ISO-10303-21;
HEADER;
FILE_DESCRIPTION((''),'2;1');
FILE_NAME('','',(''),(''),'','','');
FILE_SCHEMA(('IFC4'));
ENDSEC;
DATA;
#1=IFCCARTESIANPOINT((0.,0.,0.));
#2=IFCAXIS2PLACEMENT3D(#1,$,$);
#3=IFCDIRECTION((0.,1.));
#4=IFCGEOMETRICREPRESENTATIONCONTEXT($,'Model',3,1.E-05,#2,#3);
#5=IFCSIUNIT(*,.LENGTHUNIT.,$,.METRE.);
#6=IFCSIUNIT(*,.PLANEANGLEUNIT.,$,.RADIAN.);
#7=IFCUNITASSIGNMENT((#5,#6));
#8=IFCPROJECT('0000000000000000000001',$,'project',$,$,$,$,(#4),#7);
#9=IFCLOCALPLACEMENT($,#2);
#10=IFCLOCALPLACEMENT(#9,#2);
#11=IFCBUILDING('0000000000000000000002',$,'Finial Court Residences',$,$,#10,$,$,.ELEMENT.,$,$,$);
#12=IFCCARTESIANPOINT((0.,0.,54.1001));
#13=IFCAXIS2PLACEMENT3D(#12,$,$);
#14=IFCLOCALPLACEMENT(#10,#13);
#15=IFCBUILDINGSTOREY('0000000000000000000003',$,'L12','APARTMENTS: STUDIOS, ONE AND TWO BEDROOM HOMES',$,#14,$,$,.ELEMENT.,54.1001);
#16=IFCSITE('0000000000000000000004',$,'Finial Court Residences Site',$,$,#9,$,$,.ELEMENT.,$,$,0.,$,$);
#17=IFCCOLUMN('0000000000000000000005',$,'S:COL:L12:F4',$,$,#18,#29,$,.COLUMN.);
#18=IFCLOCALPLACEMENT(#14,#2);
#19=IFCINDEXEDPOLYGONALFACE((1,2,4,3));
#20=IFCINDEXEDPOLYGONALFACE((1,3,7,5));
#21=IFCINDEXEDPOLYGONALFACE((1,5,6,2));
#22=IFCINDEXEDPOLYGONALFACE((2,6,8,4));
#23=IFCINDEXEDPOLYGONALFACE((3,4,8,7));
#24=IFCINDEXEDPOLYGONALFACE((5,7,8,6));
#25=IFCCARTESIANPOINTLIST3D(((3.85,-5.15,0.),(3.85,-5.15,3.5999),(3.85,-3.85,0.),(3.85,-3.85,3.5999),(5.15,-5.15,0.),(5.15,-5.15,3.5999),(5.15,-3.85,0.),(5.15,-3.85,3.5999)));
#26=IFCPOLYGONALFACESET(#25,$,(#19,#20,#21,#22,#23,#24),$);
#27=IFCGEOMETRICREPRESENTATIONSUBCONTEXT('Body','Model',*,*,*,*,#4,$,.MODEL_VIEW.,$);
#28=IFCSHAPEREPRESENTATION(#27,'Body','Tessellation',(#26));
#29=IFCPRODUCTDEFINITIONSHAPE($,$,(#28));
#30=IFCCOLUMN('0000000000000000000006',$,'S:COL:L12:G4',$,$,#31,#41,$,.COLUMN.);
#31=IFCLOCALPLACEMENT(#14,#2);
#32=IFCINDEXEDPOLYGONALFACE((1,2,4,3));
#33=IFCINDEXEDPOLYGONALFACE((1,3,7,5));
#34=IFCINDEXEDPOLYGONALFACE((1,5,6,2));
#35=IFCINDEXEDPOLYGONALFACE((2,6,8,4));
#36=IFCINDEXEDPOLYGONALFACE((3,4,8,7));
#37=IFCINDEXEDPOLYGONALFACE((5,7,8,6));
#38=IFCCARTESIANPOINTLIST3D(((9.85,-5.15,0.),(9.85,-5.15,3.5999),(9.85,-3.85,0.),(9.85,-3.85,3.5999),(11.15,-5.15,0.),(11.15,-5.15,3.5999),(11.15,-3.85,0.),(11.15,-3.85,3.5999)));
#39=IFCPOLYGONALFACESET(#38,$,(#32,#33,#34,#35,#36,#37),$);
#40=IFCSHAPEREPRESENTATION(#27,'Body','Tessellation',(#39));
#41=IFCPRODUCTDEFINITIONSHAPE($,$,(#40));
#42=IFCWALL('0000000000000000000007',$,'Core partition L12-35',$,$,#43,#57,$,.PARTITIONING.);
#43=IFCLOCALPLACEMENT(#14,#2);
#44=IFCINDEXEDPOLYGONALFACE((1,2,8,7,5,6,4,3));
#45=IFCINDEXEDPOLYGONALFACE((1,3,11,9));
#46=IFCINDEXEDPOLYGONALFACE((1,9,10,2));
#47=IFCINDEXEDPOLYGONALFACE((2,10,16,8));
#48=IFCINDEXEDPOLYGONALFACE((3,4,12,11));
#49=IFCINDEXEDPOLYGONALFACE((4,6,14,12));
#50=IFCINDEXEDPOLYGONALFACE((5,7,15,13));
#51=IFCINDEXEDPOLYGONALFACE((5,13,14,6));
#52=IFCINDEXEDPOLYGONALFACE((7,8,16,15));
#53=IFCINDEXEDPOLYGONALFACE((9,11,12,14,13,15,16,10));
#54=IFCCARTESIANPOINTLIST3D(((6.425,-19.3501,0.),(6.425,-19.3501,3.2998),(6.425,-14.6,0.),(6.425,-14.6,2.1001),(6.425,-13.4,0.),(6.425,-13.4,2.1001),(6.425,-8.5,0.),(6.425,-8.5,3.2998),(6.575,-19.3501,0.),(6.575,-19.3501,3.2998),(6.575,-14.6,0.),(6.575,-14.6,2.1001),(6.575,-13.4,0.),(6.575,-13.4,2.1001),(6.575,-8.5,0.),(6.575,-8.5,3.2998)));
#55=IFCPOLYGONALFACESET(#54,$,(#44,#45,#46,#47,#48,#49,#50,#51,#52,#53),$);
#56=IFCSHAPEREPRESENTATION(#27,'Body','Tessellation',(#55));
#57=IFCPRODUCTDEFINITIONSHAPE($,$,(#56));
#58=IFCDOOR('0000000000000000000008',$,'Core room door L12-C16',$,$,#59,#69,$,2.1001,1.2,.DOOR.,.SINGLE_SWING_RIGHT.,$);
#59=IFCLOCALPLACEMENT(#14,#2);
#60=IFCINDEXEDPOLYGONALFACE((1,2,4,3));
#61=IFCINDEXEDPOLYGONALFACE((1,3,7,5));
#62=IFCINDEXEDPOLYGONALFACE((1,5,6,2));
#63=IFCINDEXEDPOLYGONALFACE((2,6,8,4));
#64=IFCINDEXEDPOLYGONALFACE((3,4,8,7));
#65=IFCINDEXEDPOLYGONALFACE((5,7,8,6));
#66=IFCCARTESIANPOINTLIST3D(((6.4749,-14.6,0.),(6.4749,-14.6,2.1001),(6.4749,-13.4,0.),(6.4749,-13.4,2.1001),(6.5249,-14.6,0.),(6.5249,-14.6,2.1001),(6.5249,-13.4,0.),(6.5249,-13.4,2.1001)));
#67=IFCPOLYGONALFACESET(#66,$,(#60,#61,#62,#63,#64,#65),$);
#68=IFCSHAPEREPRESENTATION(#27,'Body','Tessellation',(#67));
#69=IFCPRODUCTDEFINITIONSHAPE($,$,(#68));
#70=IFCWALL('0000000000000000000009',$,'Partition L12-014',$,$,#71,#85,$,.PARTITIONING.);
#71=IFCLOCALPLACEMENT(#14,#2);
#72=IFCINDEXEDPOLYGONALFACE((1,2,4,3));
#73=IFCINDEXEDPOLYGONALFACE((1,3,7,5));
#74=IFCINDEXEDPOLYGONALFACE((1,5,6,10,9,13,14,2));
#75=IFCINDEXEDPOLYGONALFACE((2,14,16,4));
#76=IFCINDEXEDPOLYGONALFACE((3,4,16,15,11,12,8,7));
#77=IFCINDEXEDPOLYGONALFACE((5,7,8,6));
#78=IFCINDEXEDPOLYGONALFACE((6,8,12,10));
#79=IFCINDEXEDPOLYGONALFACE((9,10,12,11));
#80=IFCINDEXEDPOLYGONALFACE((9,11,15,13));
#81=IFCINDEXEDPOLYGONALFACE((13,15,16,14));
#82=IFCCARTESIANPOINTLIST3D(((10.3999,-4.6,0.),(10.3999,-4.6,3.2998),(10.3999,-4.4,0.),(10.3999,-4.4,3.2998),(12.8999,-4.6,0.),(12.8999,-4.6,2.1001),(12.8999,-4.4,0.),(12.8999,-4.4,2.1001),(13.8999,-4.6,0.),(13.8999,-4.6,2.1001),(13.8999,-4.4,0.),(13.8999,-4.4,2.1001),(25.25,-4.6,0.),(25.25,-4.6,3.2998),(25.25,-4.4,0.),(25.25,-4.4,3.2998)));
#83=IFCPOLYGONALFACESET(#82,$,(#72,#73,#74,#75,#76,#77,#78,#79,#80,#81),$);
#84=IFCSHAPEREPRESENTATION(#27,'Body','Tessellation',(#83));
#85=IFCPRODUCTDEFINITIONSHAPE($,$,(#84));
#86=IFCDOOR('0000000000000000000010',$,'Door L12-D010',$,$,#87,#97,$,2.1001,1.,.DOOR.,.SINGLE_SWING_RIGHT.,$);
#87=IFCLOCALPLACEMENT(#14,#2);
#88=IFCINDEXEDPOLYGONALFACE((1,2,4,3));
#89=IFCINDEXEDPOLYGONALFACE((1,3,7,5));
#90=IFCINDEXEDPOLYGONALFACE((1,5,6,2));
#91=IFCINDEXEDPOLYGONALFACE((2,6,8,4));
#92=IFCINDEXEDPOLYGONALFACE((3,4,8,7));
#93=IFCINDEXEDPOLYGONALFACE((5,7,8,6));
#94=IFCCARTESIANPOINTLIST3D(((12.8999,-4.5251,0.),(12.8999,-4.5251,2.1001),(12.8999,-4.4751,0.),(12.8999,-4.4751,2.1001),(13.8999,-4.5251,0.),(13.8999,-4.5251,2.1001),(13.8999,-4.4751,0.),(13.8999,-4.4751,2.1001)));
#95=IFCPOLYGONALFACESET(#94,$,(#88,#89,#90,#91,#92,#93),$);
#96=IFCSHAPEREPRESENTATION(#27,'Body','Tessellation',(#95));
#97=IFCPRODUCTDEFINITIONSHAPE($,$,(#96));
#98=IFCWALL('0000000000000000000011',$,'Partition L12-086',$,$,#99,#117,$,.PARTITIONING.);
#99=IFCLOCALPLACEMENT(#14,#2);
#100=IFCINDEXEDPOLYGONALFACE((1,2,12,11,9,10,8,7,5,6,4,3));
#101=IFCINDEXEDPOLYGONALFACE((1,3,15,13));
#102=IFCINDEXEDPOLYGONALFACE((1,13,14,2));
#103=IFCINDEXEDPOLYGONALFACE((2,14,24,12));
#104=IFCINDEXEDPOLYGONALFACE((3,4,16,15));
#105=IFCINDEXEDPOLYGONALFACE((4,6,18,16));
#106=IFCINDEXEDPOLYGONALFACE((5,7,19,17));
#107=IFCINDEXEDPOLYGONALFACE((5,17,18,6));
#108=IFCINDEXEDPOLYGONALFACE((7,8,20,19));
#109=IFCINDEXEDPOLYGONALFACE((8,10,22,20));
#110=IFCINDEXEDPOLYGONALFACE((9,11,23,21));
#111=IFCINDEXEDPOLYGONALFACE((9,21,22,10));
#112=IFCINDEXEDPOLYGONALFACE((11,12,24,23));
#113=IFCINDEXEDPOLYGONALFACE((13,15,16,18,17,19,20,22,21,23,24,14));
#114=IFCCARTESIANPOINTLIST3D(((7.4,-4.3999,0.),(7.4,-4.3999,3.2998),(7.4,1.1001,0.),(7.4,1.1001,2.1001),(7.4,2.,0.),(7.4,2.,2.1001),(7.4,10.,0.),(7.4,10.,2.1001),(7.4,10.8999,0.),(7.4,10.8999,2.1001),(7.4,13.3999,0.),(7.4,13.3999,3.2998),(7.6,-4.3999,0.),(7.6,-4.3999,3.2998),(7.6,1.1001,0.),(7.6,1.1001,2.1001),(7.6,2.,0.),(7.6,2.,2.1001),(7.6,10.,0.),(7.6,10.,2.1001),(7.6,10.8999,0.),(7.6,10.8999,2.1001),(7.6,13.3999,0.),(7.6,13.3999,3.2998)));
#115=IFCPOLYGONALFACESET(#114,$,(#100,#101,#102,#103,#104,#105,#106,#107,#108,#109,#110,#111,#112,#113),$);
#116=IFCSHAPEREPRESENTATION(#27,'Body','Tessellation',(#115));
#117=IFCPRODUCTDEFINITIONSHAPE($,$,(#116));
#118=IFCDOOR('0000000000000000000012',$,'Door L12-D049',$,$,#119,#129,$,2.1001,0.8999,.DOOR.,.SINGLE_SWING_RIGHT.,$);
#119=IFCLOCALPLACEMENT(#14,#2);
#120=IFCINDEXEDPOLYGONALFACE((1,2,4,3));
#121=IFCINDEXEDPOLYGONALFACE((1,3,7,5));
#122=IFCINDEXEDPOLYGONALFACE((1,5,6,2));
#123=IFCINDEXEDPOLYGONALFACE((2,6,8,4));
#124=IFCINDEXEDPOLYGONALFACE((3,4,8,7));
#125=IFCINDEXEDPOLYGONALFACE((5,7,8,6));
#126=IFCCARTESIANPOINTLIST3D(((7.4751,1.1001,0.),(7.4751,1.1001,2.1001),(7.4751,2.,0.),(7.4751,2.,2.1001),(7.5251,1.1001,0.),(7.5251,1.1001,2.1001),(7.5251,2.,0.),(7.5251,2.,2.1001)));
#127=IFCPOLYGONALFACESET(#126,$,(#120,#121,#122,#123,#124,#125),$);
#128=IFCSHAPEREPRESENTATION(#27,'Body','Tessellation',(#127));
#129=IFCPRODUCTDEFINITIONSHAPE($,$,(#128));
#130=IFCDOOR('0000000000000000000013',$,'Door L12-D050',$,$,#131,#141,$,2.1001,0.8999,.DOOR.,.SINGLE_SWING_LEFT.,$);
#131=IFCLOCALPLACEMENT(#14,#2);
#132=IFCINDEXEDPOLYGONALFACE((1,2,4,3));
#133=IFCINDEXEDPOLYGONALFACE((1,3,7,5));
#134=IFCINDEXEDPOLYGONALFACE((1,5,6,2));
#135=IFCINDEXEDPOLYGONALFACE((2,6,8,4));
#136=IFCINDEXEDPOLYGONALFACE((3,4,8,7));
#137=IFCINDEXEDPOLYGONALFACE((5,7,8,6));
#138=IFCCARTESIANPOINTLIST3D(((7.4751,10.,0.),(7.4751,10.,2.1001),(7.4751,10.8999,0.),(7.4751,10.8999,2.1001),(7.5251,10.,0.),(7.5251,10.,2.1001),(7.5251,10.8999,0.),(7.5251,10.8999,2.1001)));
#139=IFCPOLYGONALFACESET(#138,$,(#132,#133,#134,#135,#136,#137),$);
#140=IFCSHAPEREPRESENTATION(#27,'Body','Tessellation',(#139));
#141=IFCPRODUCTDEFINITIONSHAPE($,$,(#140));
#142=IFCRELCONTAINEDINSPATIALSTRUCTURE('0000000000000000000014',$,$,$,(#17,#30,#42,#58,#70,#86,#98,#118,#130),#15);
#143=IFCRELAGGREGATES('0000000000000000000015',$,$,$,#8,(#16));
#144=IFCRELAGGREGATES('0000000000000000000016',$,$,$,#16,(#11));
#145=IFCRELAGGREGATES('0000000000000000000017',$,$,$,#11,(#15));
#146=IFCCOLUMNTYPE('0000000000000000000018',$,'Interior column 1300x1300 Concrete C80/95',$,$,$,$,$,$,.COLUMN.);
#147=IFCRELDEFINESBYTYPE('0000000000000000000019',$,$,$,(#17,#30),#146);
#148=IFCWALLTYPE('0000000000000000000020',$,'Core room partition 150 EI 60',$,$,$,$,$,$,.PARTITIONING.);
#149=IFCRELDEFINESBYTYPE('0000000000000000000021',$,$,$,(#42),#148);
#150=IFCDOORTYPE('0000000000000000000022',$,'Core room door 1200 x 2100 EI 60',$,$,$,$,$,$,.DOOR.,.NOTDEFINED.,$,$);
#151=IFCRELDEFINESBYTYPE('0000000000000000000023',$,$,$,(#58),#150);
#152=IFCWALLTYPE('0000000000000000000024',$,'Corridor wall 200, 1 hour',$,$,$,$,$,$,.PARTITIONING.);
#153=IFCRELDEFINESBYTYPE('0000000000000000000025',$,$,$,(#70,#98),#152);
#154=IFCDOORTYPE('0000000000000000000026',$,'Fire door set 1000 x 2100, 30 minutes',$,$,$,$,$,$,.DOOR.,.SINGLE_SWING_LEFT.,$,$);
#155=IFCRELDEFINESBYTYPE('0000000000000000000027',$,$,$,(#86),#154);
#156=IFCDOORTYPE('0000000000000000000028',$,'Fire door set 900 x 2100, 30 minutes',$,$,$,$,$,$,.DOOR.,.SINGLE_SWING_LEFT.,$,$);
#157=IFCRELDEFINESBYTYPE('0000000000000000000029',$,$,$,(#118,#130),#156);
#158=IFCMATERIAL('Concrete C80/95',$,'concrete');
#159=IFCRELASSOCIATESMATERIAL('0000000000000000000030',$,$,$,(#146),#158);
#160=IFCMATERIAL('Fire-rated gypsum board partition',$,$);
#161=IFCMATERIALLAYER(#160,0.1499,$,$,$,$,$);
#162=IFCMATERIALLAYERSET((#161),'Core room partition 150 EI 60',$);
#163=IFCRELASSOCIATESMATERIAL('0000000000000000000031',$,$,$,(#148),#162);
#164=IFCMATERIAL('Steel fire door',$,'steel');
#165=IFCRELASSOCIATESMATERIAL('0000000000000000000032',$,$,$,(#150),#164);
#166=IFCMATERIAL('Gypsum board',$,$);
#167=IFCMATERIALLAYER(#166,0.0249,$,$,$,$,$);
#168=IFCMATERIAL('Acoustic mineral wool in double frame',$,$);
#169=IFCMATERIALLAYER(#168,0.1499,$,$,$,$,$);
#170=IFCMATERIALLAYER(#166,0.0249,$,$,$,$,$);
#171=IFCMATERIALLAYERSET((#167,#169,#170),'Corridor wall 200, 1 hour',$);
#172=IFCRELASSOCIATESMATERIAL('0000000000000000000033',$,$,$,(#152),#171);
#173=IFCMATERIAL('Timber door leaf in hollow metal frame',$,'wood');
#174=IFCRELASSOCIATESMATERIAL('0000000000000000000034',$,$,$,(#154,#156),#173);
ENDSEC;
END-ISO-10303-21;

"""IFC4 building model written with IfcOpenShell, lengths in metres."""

from ifc_helpers import new_model, si_unit, direction, frame, frame_2d, origin, origin_2d, place, context, subcontext, project, spatial, rectangle, extrude, material, layer, layer_set, material_profile, profile_set, type_object, element, fill, save


model = new_model("IFC4")

# Units and contexts
model_context = context("Model", 3, precision=1e-05, world=origin(), true_north=direction((0.0, 1.0)))
body_context = subcontext(model_context, "Body", "Model", "MODEL_VIEW")
ifc_project = project(units=[si_unit("LENGTHUNIT", "METRE"), si_unit("PLANEANGLEUNIT", "RADIAN")], contexts=[model_context])

# Site, building, storey
site_placement = place(None, origin())
site = spatial("IfcSite", under=ifc_project, at=site_placement, Name="Finial Court Residences Site", CompositionType="ELEMENT", RefElevation=0.0)
building_placement = place(site_placement, origin())
building = spatial("IfcBuilding", under=site, at=building_placement, Name="Finial Court Residences", CompositionType="ELEMENT")
storey_placement = place(building_placement, frame((0.0, 0.0, 54.1001)))
storey = spatial("IfcBuildingStorey", under=building, at=storey_placement, Name="L12", Description="APARTMENTS: STUDIOS, ONE AND TWO BEDROOM HOMES", CompositionType="ELEMENT", Elevation=54.1001)

# Columns
ifc_material_1 = material(Name="Concrete C80/95", Category="concrete")
ifc_material_profile = material_profile(ifc_material_1, rectangle(XDim=1.3, YDim=1.3, at=origin_2d()), Name="1300x1300")
ifc_profile_set = profile_set([ifc_material_profile], Name="Concrete C80/95")
column_type = type_object("IfcColumnType", Name="Interior column 1300x1300 Concrete C80/95", PredefinedType="COLUMN", material=ifc_profile_set)
for number, where, z_axis, x_axis, name in (
    (1, (4.5, -4.5, 0.0), (0.0, 0.0, 1.0), (1.0, 0.0, 0.0), "S:COL:L12:F4"),
    (2, (10.5, -4.5, 0.0), (0.0, 0.0, 1.0), (1.0, 0.0, 0.0), "S:COL:L12:G4"),
):
    element("IfcColumn", number, at=place(storey_placement, frame(where, z_axis=z_axis, x_axis=x_axis)), inside=storey, type_object=column_type, Name=name, PredefinedType="COLUMN", context=body_context, shape_type="SweptSolid", body=[
        extrude(rectangle(XDim=1.3, YDim=1.3, at=origin_2d()), origin(), (0.0, 0.0, 1.0), 3.5999),
    ])

# Walls, openings, doors
ifc_material_2 = material(Name="Fire-rated gypsum board partition")
ifc_layer_1 = layer(ifc_material_2, 0.1499)
ifc_layer_set_1 = layer_set([ifc_layer_1], Name="Core room partition 150 EI 60")
wall_type_1 = type_object("IfcWallType", Name="Core room partition 150 EI 60", PredefinedType="PARTITIONING", material=ifc_layer_set_1)
wall_1_placement = place(storey_placement, frame((6.5, -8.5, 0.0), z_axis=(0.0, 0.0, 1.0), x_axis=(0.0, -1.0, 0.0)))
wall_1 = element("IfcWall", 3, at=wall_1_placement, inside=storey, type_object=wall_type_1, Name="Core partition L12-35", PredefinedType="PARTITIONING", context=body_context, shape_type="SweptSolid", body=[
    extrude(rectangle(XDim=10.8501, YDim=0.1499, at=frame_2d((5.425, 0.0))), origin(), (0.0, 0.0, 1.0), 3.2998),
])
opening_1_placement = place(wall_1_placement, frame((4.8999, 0.0, 0.0)))
opening_1 = element("IfcOpeningElement", 4, at=opening_1_placement, cuts=wall_1, PredefinedType="OPENING", context=body_context, shape_type="SweptSolid", body=[
    extrude(rectangle(XDim=1.2, YDim=2.1001, at=frame_2d((0.6001, 1.05))), frame((0.0, 0.085, 0.0), z_axis=(0.0, -1.0, 0.0), x_axis=(1.0, 0.0, 0.0)), (0.0, 0.0, 1.0), 0.1699),
])
ifc_material_3 = material(Name="Steel fire door", Category="steel")
door_type_1 = type_object("IfcDoorType", Name="Core room door 1200 x 2100 EI 60", OperationType="NOTDEFINED", PredefinedType="DOOR", material=ifc_material_3)
door_1_placement = place(opening_1_placement, origin())
door_1 = element("IfcDoor", 5, at=door_1_placement, inside=storey, type_object=door_type_1, Name="Core room door L12-C16", OperationType="SINGLE_SWING_RIGHT", OverallHeight=2.1001, OverallWidth=1.2, PredefinedType="DOOR", context=body_context, shape_type="SweptSolid", body=[
    extrude(rectangle(XDim=1.2, YDim=2.1001, at=frame_2d((0.6001, 1.05))), frame((0.0, 0.0249, 0.0), z_axis=(0.0, -1.0, 0.0), x_axis=(1.0, 0.0, 0.0)), (0.0, 0.0, 1.0), 0.05),
])
fill(opening_1, door_1)
ifc_material_4 = material(Name="Gypsum board")
ifc_layer_2 = layer(ifc_material_4, 0.0249)
ifc_material_5 = material(Name="Acoustic mineral wool in double frame")
ifc_layer_3 = layer(ifc_material_5, 0.1499)
ifc_layer_4 = layer(ifc_material_4, 0.0249)
ifc_layer_set_2 = layer_set([ifc_layer_2, ifc_layer_3, ifc_layer_4], Name="Corridor wall 200, 1 hour")
wall_type_2 = type_object("IfcWallType", Name="Corridor wall 200, 1 hour", PredefinedType="PARTITIONING", material=ifc_layer_set_2)
wall_2_placement = place(storey_placement, frame((10.3999, -4.5, 0.0), z_axis=(0.0, 0.0, 1.0), x_axis=(1.0, 0.0, 0.0)))
wall_2 = element("IfcWall", 6, at=wall_2_placement, inside=storey, type_object=wall_type_2, Name="Partition L12-014", PredefinedType="PARTITIONING", context=body_context, shape_type="SweptSolid", body=[
    extrude(rectangle(XDim=14.8501, YDim=0.2, at=frame_2d((7.425, 0.0))), origin(), (0.0, 0.0, 1.0), 3.2998),
])
opening_2_placement = place(wall_2_placement, frame((2.5, 0.0, 0.0)))
opening_2 = element("IfcOpeningElement", 7, at=opening_2_placement, cuts=wall_2, PredefinedType="OPENING", context=body_context, shape_type="SweptSolid", body=[
    extrude(rectangle(XDim=1.0, YDim=2.1001, at=frame_2d((0.5, 1.05))), frame((0.0, 0.1099, 0.0), z_axis=(0.0, -1.0, 0.0), x_axis=(1.0, 0.0, 0.0)), (0.0, 0.0, 1.0), 0.22),
])
ifc_material_6 = material(Name="Timber door leaf in hollow metal frame", Category="wood")
door_type_2 = type_object("IfcDoorType", Name="Fire door set 1000 x 2100, 30 minutes", OperationType="SINGLE_SWING_LEFT", PredefinedType="DOOR", material=ifc_material_6)
door_2_placement = place(opening_2_placement, origin())
door_2 = element("IfcDoor", 8, at=door_2_placement, inside=storey, type_object=door_type_2, Name="Door L12-D010", OperationType="SINGLE_SWING_RIGHT", OverallHeight=2.1001, OverallWidth=1.0, PredefinedType="DOOR", context=body_context, shape_type="SweptSolid", body=[
    extrude(rectangle(XDim=1.0, YDim=2.1001, at=frame_2d((0.5, 1.05))), frame((0.0, 0.0249, 0.0), z_axis=(0.0, -1.0, 0.0), x_axis=(1.0, 0.0, 0.0)), (0.0, 0.0, 1.0), 0.05),
])
fill(opening_2, door_2)

# Wall, openings, doors
wall_3_placement = place(storey_placement, frame((7.5, -4.3999, 0.0), z_axis=(0.0, 0.0, 1.0), x_axis=(0.0, 1.0, 0.0)))
wall_3 = element("IfcWall", 9, at=wall_3_placement, inside=storey, type_object=wall_type_2, Name="Partition L12-086", PredefinedType="PARTITIONING", context=body_context, shape_type="SweptSolid", body=[
    extrude(rectangle(XDim=17.7998, YDim=0.2, at=frame_2d((8.8999, 0.0))), origin(), (0.0, 0.0, 1.0), 3.2998),
])
opening_3_placement = place(wall_3_placement, frame((5.5, 0.0, 0.0)))
opening_3 = element("IfcOpeningElement", 10, at=opening_3_placement, cuts=wall_3, PredefinedType="OPENING", context=body_context, shape_type="SweptSolid", body=[
    extrude(rectangle(XDim=0.8999, YDim=2.1001, at=frame_2d((0.45, 1.05))), frame((0.0, 0.1099, 0.0), z_axis=(0.0, -1.0, 0.0), x_axis=(1.0, 0.0, 0.0)), (0.0, 0.0, 1.0), 0.22),
])
opening_4_placement = place(wall_3_placement, frame((14.3999, 0.0, 0.0)))
opening_4 = element("IfcOpeningElement", 11, at=opening_4_placement, cuts=wall_3, PredefinedType="OPENING", context=body_context, shape_type="SweptSolid", body=[
    extrude(rectangle(XDim=0.8999, YDim=2.1001, at=frame_2d((0.45, 1.05))), frame((0.0, 0.1099, 0.0), z_axis=(0.0, -1.0, 0.0), x_axis=(1.0, 0.0, 0.0)), (0.0, 0.0, 1.0), 0.22),
])
door_type_3 = type_object("IfcDoorType", Name="Fire door set 900 x 2100, 30 minutes", OperationType="SINGLE_SWING_LEFT", PredefinedType="DOOR", material=ifc_material_6)
door_3_placement = place(opening_3_placement, origin())
door_3 = element("IfcDoor", 12, at=door_3_placement, inside=storey, type_object=door_type_3, Name="Door L12-D049", OperationType="SINGLE_SWING_RIGHT", OverallHeight=2.1001, OverallWidth=0.8999, PredefinedType="DOOR", context=body_context, shape_type="SweptSolid", body=[
    extrude(rectangle(XDim=0.8999, YDim=2.1001, at=frame_2d((0.45, 1.05))), frame((0.0, 0.0249, 0.0), z_axis=(0.0, -1.0, 0.0), x_axis=(1.0, 0.0, 0.0)), (0.0, 0.0, 1.0), 0.05),
])
fill(opening_3, door_3)
door_4_placement = place(opening_4_placement, origin())
door_4 = element("IfcDoor", 13, at=door_4_placement, inside=storey, type_object=door_type_3, Name="Door L12-D050", OperationType="SINGLE_SWING_LEFT", OverallHeight=2.1001, OverallWidth=0.8999, PredefinedType="DOOR", context=body_context, shape_type="SweptSolid", body=[
    extrude(rectangle(XDim=0.8999, YDim=2.1001, at=frame_2d((0.45, 1.05))), frame((0.0, 0.0249, 0.0), z_axis=(0.0, -1.0, 0.0), x_axis=(1.0, 0.0, 0.0)), (0.0, 0.0, 1.0), 0.05),
])
fill(opening_4, door_4)

save(model, "model.ifc")
